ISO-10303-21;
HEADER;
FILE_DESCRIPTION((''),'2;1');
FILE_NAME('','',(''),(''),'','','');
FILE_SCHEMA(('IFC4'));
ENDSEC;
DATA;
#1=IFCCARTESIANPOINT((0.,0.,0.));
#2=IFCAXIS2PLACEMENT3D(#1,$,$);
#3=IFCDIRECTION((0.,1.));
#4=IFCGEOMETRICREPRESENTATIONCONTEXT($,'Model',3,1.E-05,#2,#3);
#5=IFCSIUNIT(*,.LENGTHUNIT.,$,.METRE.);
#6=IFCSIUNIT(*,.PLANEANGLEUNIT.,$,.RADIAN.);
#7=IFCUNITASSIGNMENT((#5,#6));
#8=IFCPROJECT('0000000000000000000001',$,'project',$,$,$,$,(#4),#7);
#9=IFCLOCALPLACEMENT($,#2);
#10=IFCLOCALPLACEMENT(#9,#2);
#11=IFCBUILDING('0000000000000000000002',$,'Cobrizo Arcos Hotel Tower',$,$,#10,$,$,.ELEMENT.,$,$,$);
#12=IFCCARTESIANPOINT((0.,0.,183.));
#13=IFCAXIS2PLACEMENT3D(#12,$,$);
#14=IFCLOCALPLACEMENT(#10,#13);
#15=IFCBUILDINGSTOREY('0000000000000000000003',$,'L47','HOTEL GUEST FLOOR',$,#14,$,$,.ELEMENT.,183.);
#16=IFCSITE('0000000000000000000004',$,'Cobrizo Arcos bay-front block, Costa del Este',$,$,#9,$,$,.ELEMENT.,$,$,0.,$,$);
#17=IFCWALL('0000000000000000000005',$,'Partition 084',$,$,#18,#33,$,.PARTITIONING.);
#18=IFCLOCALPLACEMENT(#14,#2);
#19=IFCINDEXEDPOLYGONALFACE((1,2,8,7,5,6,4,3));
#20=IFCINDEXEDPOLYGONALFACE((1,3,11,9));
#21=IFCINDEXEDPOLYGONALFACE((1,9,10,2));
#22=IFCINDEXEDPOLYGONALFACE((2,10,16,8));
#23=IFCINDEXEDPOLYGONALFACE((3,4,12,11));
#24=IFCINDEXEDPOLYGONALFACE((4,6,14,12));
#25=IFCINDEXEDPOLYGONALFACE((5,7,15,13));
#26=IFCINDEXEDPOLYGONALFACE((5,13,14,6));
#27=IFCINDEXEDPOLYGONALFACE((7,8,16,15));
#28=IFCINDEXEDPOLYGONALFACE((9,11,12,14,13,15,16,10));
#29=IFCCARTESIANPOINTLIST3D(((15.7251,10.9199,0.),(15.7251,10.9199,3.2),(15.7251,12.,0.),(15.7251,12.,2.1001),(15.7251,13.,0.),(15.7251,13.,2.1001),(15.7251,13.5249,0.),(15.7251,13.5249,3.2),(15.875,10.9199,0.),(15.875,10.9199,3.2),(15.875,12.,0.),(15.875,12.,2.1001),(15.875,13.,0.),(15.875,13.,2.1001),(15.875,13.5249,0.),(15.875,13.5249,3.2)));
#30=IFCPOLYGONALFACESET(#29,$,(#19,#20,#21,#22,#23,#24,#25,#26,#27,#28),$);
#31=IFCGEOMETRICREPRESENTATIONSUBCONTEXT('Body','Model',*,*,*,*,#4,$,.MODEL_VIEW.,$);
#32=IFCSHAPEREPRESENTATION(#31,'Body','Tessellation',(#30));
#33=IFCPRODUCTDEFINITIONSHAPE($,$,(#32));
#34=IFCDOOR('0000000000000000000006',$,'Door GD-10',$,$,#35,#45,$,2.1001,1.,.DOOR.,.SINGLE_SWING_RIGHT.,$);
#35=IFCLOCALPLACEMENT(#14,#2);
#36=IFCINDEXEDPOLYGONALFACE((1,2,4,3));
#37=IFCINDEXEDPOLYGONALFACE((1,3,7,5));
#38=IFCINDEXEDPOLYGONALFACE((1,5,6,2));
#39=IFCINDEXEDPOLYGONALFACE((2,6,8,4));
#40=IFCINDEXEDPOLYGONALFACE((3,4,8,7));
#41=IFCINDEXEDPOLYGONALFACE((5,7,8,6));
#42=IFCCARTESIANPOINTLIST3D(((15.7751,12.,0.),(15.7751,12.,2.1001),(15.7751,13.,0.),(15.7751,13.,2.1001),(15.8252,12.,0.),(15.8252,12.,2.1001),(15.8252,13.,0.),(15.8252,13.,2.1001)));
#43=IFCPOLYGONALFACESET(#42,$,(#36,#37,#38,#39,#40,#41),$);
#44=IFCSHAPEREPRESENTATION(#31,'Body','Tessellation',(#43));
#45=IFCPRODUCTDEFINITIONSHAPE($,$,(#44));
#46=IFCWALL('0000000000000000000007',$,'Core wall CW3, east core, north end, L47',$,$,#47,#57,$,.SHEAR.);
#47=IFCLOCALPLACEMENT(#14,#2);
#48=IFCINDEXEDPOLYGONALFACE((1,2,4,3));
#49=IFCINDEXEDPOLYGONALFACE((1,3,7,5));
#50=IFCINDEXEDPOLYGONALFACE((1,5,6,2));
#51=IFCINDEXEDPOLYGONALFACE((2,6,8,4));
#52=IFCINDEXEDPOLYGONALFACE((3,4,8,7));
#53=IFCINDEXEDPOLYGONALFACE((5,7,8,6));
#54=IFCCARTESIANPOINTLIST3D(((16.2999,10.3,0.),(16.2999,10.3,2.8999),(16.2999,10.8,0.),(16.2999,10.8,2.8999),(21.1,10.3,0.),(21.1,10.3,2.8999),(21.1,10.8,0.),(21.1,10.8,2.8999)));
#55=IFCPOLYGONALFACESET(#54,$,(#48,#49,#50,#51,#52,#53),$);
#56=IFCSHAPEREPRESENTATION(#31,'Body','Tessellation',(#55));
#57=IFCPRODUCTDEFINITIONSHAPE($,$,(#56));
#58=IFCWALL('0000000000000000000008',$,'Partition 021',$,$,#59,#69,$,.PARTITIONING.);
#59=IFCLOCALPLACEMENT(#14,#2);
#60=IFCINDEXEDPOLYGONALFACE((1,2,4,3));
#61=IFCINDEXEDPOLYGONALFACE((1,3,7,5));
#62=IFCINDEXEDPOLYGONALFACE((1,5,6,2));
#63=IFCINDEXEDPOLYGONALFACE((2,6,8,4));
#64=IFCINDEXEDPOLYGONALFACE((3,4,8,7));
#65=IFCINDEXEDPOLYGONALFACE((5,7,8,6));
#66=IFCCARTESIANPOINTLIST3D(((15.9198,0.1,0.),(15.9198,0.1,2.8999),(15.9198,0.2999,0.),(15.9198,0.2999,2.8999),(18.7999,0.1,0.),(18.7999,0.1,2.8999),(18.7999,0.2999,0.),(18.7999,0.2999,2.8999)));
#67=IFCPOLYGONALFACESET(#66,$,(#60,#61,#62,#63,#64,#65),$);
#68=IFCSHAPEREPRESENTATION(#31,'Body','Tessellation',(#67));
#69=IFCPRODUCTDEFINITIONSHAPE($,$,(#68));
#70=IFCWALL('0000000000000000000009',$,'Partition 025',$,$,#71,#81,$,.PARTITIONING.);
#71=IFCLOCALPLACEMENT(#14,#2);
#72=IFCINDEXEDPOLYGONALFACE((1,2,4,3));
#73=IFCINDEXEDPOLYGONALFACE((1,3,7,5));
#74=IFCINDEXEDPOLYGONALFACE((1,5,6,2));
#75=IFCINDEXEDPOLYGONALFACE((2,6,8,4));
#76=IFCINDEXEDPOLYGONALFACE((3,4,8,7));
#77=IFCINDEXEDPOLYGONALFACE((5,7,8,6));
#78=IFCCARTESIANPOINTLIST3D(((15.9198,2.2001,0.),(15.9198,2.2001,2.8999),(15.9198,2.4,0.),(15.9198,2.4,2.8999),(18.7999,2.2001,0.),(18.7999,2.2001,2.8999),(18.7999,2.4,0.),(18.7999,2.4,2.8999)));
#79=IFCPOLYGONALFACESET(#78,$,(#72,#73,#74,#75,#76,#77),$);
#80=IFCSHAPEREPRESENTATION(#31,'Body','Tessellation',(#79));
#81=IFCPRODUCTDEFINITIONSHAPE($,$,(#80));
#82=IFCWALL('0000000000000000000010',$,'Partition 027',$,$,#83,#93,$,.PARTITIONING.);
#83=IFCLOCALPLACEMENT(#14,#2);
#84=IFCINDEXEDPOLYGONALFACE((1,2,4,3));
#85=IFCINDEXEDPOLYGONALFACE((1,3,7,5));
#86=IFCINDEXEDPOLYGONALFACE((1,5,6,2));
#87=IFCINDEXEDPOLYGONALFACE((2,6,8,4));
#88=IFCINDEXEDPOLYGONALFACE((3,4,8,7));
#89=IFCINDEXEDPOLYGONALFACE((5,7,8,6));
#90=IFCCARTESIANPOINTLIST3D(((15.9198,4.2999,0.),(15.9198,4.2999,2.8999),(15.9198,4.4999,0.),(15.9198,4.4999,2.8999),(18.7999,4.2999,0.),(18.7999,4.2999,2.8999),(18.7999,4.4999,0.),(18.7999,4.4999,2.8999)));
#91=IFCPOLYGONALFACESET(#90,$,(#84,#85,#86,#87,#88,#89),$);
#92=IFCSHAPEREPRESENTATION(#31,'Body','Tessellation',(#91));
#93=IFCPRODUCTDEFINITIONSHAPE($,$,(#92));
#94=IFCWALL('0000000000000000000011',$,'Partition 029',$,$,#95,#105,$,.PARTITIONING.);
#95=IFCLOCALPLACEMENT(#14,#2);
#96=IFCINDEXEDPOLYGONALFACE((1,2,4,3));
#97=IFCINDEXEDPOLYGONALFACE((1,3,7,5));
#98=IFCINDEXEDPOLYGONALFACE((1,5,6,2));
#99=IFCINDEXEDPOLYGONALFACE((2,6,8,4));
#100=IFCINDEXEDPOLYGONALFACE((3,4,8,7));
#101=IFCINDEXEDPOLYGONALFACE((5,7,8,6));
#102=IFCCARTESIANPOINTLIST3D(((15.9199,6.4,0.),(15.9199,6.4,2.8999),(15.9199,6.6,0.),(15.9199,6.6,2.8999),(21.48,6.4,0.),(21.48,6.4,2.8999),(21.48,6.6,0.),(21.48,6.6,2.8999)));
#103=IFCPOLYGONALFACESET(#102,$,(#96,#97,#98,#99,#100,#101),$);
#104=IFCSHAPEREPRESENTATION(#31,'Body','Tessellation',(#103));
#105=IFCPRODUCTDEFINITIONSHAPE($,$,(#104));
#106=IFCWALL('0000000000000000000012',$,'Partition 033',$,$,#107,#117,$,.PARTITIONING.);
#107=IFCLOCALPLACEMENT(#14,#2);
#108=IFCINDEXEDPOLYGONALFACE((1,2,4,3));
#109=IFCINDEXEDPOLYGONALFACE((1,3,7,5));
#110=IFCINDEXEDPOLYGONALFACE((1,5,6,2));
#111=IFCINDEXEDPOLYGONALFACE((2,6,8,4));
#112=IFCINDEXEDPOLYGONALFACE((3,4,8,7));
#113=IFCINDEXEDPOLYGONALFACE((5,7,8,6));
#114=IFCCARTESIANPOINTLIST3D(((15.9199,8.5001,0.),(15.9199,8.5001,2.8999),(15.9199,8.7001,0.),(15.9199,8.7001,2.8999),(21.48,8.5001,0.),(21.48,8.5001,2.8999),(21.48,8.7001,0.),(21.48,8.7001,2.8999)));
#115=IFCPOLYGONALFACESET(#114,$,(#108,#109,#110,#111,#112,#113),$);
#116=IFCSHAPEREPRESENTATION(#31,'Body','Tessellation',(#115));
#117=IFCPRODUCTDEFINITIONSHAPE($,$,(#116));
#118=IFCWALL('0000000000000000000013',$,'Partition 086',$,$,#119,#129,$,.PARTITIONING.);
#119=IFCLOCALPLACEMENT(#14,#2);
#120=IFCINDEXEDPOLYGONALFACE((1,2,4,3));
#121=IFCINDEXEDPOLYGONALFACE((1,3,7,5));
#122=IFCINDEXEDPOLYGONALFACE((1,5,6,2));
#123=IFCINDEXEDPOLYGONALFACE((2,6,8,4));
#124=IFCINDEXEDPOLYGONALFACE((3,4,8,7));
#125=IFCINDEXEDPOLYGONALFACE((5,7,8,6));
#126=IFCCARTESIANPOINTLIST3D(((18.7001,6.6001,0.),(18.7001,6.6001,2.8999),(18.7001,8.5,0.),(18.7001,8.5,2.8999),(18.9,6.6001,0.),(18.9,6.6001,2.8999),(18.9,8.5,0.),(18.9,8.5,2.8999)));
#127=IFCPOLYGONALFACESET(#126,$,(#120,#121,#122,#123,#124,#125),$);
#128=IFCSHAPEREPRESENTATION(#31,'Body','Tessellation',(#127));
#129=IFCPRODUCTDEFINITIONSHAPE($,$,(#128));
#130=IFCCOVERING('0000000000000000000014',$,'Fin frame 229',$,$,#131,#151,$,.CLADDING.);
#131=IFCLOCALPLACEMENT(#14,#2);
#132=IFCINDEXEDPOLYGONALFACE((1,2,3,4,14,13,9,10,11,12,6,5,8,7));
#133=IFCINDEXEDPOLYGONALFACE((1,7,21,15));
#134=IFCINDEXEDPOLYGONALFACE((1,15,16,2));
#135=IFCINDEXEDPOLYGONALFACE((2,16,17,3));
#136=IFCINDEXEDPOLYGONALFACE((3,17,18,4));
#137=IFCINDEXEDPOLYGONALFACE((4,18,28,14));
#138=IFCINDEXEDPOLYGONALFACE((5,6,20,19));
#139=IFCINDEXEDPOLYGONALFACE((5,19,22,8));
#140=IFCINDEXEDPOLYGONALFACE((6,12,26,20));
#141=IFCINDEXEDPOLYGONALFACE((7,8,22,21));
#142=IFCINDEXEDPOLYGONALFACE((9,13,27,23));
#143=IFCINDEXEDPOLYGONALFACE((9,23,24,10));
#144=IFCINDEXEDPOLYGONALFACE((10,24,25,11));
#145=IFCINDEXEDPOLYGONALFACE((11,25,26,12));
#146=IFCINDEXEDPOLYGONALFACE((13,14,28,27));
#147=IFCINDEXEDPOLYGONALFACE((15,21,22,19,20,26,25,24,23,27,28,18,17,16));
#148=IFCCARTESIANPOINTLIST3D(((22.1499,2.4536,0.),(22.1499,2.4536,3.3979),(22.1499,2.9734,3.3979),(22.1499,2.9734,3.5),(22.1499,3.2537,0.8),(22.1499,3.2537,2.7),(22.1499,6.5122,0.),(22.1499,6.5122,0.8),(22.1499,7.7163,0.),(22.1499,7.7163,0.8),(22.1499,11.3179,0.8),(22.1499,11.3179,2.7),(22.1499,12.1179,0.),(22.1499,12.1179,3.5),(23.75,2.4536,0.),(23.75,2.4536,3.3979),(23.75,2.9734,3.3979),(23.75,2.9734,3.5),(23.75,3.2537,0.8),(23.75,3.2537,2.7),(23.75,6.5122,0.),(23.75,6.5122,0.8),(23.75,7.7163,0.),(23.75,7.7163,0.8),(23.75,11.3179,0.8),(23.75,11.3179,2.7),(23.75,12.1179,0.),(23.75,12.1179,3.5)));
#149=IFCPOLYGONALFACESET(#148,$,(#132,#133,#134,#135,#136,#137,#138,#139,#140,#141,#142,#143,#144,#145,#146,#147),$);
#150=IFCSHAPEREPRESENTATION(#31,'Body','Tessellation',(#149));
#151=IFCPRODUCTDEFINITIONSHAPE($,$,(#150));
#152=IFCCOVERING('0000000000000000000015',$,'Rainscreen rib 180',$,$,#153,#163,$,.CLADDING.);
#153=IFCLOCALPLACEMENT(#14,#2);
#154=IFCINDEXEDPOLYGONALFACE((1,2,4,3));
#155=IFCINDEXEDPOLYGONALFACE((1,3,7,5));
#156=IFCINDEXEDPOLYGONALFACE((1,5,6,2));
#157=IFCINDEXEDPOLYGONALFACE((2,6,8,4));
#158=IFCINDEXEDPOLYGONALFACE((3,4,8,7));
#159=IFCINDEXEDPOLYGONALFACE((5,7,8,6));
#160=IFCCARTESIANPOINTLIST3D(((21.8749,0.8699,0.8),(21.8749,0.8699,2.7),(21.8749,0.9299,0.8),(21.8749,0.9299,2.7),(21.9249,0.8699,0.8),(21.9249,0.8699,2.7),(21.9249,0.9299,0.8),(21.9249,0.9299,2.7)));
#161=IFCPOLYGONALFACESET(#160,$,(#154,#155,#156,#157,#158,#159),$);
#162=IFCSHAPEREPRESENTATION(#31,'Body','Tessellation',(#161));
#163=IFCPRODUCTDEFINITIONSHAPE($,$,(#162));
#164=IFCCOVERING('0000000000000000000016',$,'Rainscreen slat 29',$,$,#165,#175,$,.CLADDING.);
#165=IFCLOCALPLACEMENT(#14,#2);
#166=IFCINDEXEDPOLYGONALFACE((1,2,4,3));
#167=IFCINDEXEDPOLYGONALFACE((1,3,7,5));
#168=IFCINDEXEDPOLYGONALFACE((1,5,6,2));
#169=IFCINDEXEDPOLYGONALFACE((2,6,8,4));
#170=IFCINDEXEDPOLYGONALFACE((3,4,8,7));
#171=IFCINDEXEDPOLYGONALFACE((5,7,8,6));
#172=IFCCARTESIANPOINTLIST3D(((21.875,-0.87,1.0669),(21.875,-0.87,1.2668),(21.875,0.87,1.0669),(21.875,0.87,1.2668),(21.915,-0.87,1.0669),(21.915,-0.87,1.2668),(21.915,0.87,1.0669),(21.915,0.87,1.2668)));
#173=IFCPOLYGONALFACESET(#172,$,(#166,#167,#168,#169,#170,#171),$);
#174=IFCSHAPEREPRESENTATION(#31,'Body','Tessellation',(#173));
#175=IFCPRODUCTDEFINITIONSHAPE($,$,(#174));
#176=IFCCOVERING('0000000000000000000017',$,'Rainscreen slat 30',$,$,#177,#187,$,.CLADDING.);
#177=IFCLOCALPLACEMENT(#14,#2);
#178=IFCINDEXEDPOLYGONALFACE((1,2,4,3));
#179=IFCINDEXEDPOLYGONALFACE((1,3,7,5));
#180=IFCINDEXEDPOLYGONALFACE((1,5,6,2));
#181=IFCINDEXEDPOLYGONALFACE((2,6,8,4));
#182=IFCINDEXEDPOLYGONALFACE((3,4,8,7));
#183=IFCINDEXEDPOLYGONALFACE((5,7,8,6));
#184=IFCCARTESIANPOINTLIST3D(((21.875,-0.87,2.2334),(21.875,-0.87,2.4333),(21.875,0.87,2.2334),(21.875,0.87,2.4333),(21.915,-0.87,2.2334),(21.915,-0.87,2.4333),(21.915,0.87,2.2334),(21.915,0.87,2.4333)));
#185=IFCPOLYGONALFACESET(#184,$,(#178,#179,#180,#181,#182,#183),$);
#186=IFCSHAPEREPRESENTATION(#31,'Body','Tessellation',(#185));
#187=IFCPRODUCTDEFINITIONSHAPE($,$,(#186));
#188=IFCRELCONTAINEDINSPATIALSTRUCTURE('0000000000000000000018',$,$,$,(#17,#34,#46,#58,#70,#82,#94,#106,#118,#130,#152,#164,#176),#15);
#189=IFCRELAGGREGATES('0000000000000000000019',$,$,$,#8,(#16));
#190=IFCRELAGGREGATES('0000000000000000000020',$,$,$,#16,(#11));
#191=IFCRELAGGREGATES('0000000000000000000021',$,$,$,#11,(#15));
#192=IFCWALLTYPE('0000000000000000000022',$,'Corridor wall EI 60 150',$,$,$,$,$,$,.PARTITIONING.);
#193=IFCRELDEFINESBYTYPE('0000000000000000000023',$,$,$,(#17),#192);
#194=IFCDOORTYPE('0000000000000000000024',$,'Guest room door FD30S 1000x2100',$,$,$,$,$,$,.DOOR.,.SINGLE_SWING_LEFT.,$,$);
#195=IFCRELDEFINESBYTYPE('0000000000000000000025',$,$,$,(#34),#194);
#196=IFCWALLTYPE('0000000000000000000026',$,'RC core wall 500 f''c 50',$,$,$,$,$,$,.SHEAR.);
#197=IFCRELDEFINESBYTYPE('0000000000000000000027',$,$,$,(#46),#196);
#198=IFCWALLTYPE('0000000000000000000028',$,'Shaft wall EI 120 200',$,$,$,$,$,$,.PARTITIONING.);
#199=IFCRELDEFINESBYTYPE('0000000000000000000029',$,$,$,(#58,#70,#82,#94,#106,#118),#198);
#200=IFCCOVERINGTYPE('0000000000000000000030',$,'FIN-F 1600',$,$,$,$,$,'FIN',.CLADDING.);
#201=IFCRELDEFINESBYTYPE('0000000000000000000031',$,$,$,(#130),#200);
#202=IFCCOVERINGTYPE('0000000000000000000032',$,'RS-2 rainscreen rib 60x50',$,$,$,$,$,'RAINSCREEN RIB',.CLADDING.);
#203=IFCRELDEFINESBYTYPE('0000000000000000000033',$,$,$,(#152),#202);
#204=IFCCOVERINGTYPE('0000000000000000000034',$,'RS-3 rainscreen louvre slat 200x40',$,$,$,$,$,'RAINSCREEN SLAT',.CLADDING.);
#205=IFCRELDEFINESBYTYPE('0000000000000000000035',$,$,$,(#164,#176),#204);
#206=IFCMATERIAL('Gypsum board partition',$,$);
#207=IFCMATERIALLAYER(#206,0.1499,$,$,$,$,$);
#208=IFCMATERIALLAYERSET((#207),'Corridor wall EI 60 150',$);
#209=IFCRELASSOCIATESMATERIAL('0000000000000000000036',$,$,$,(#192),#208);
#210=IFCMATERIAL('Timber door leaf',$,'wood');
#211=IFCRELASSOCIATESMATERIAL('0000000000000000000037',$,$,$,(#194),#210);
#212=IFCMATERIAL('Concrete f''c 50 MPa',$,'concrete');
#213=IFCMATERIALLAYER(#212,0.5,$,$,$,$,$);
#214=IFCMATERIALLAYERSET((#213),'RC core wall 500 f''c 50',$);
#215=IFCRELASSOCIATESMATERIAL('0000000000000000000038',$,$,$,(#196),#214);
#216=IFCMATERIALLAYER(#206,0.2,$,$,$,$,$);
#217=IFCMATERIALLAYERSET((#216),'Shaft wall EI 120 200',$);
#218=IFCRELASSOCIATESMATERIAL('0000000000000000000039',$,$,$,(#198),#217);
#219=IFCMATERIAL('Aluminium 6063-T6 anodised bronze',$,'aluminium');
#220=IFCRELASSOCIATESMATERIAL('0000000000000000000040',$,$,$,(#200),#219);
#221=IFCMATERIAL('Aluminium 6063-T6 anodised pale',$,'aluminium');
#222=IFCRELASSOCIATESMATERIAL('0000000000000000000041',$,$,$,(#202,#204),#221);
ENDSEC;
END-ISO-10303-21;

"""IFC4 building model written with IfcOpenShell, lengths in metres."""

from ifc_helpers import new_model, si_unit, direction, frame, frame_2d, origin, origin_2d, place, context, subcontext, project, spatial, polyline, rectangle, outline, extrude, material, layer, layer_set, type_object, element, fill, save


model = new_model("IFC4")

# Units and contexts
model_context = context("Model", 3, precision=1e-05, world=origin(), true_north=direction((0.0, 1.0)))
body_context = subcontext(model_context, "Body", "Model", "MODEL_VIEW")
ifc_project = project(units=[si_unit("LENGTHUNIT", "METRE"), si_unit("PLANEANGLEUNIT", "RADIAN")], contexts=[model_context])

# Site, building, storey
site_placement = place(None, origin())
site = spatial("IfcSite", under=ifc_project, at=site_placement, Name="Cobrizo Arcos bay-front block, Costa del Este", CompositionType="ELEMENT", RefElevation=0.0)
building_placement = place(site_placement, origin())
building = spatial("IfcBuilding", under=site, at=building_placement, Name="Cobrizo Arcos Hotel Tower", CompositionType="ELEMENT")
storey_placement = place(building_placement, frame((0.0, 0.0, 183.0)))
storey = spatial("IfcBuildingStorey", under=building, at=storey_placement, Name="L47", Description="HOTEL GUEST FLOOR", CompositionType="ELEMENT", Elevation=183.0)

# Shared definitions
ifc_material_1 = material(Name="Aluminium 6063-T6 anodised bronze", Category="aluminium")

# Wall, opening, door
ifc_material_2 = material(Name="Gypsum board partition")
ifc_layer_1 = layer(ifc_material_2, 0.1499)
ifc_layer_set_1 = layer_set([ifc_layer_1], Name="Corridor wall EI 60 150")
wall_type_1 = type_object("IfcWallType", Name="Corridor wall EI 60 150", PredefinedType="PARTITIONING", material=ifc_layer_set_1)
wall_1_placement = place(storey_placement, frame((15.8, 10.9199, 0.0), z_axis=(0.0, 0.0, 1.0), x_axis=(0.0, 1.0, 0.0)))
wall_1 = element("IfcWall", 1, at=wall_1_placement, inside=storey, type_object=wall_type_1, Name="Partition 084", PredefinedType="PARTITIONING", context=body_context, shape_type="SweptSolid", body=[
    extrude(rectangle(XDim=2.605, YDim=0.1499, at=frame_2d((1.3025, 0.0))), origin(), (0.0, 0.0, 1.0), 3.2),
])
opening_placement = place(wall_1_placement, frame((1.0801, 0.0, 0.0)))
opening = element("IfcOpeningElement", 2, at=opening_placement, cuts=wall_1, PredefinedType="OPENING", context=body_context, shape_type="SweptSolid", body=[
    extrude(rectangle(XDim=1.0, YDim=2.1001, at=frame_2d((0.5, 1.05))), frame((0.0, 0.0869, 0.0), z_axis=(0.0, -1.0, 0.0), x_axis=(1.0, 0.0, 0.0)), (0.0, 0.0, 1.0), 0.1738),
])
ifc_material_3 = material(Name="Timber door leaf", Category="wood")
door_type = type_object("IfcDoorType", Name="Guest room door FD30S 1000x2100", OperationType="SINGLE_SWING_LEFT", PredefinedType="DOOR", material=ifc_material_3)
door_placement = place(opening_placement, origin())
door = element("IfcDoor", 3, at=door_placement, inside=storey, type_object=door_type, Name="Door GD-10", OperationType="SINGLE_SWING_RIGHT", OverallHeight=2.1001, OverallWidth=1.0, PredefinedType="DOOR", context=body_context, shape_type="SweptSolid", body=[
    extrude(rectangle(XDim=1.0, YDim=2.1001, at=frame_2d((0.5, 1.05))), frame((0.0, 0.0249, 0.0), z_axis=(0.0, -1.0, 0.0), x_axis=(1.0, 0.0, 0.0)), (0.0, 0.0, 1.0), 0.05),
])
fill(opening, door)

# Walls
ifc_material_4 = material(Name="Concrete f'c 50 MPa", Category="concrete")
ifc_layer_2 = layer(ifc_material_4, 0.5)
ifc_layer_set_2 = layer_set([ifc_layer_2], Name="RC core wall 500 f'c 50")
wall_type_2 = type_object("IfcWallType", Name="RC core wall 500 f'c 50", PredefinedType="SHEAR", material=ifc_layer_set_2)
wall_2_placement = place(storey_placement, frame((16.3, 10.55, 0.0), z_axis=(0.0, 0.0, 1.0), x_axis=(1.0, 0.0, 0.0)))
element("IfcWall", 4, at=wall_2_placement, inside=storey, type_object=wall_type_2, Name="Core wall CW3, east core, north end, L47", PredefinedType="SHEAR", context=body_context, shape_type="SweptSolid", body=[
    extrude(rectangle(XDim=4.8, YDim=0.5, at=frame_2d((2.3999, 0.0))), origin(), (0.0, 0.0, 1.0), 2.8999),
])
ifc_layer_3 = layer(ifc_material_2, 0.2)
ifc_layer_set_3 = layer_set([ifc_layer_3], Name="Shaft wall EI 120 200")
wall_type_3 = type_object("IfcWallType", Name="Shaft wall EI 120 200", PredefinedType="PARTITIONING", material=ifc_layer_set_3)
for number, where, z_axis, x_axis, name in (
    (5, (15.9199, 0.2, 0.0), (0.0, 0.0, 1.0), (1.0, 0.0, 0.0), "Partition 021"),
    (6, (15.9199, 2.3, 0.0), (0.0, 0.0, 1.0), (1.0, 0.0, 0.0), "Partition 025"),
    (7, (15.9199, 4.3999, 0.0), (0.0, 0.0, 1.0), (1.0, 0.0, 0.0), "Partition 027"),
):
    element("IfcWall", number, at=place(storey_placement, frame(where, z_axis=z_axis, x_axis=x_axis)), inside=storey, type_object=wall_type_3, Name=name, PredefinedType="PARTITIONING", context=body_context, shape_type="SweptSolid", body=[
        extrude(rectangle(XDim=2.8801, YDim=0.2, at=frame_2d((1.4399, 0.0))), origin(), (0.0, 0.0, 1.0), 2.8999),
    ])
for number, where, z_axis, x_axis, name in (
    (8, (15.9199, 6.5, 0.0), (0.0, 0.0, 1.0), (1.0, 0.0, 0.0), "Partition 029"),
    (9, (15.9199, 8.6001, 0.0), (0.0, 0.0, 1.0), (1.0, 0.0, 0.0), "Partition 033"),
):
    element("IfcWall", number, at=place(storey_placement, frame(where, z_axis=z_axis, x_axis=x_axis)), inside=storey, type_object=wall_type_3, Name=name, PredefinedType="PARTITIONING", context=body_context, shape_type="SweptSolid", body=[
        extrude(rectangle(XDim=5.5601, YDim=0.2, at=frame_2d((2.78, 0.0))), origin(), (0.0, 0.0, 1.0), 2.8999),
    ])
wall_3_placement = place(storey_placement, frame((18.8, 6.6001, 0.0), z_axis=(0.0, 0.0, 1.0), x_axis=(0.0, 1.0, 0.0)))
element("IfcWall", 10, at=wall_3_placement, inside=storey, type_object=wall_type_3, Name="Partition 086", PredefinedType="PARTITIONING", context=body_context, shape_type="SweptSolid", body=[
    extrude(rectangle(XDim=1.8999, YDim=0.2, at=frame_2d((0.95, 0.0))), origin(), (0.0, 0.0, 1.0), 2.8999),
])

# Coverings
covering_type_1 = type_object("IfcCoveringType", Name="FIN-F 1600", ElementType="FIN", PredefinedType="CLADDING", material=ifc_material_1)
covering_1_placement = place(storey_placement, frame((22.1499, 2.4536, 0.0), z_axis=(1.0, 0.0, 0.0), x_axis=(0.0, 1.0, 0.0)))
element("IfcCovering", 11, at=covering_1_placement, inside=storey, type_object=covering_type_1, Name="Fin frame 229", PredefinedType="CLADDING", context=body_context, shape_type="SweptSolid", body=[
    extrude(outline(polyline([(0.0, 0.0), (4.0586, 0.0), (4.0586, 0.8), (0.8, 0.8), (0.8, 2.7), (8.8643, 2.7), (8.8643, 0.8), (5.2627, 0.8), (5.2627, 0.0), (9.6643, 0.0), (9.6643, 3.5), (0.5198, 3.5), (0.5198, 3.3979), (0.0, 3.3979), (0.0, 0.0)])), origin(), (0.0, 0.0, 1.0), 1.6001),
])
ifc_material_5 = material(Name="Aluminium 6063-T6 anodised pale", Category="aluminium")
covering_type_2 = type_object("IfcCoveringType", Name="RS-2 rainscreen rib 60x50", ElementType="RAINSCREEN RIB", PredefinedType="CLADDING", material=ifc_material_5)
covering_2_placement = place(storey_placement, frame((21.8999, 0.8999, 0.8), z_axis=(0.0, 0.0, 1.0), x_axis=(0.0, 1.0, 0.0)))
element("IfcCovering", 12, at=covering_2_placement, inside=storey, type_object=covering_type_2, Name="Rainscreen rib 180", PredefinedType="CLADDING", context=body_context, shape_type="SweptSolid", body=[
    extrude(rectangle(XDim=0.0601, YDim=0.05, at=origin_2d()), origin(), (0.0, 0.0, 1.0), 1.8999),
])
covering_type_3 = type_object("IfcCoveringType", Name="RS-3 rainscreen louvre slat 200x40", ElementType="RAINSCREEN SLAT", PredefinedType="CLADDING", material=ifc_material_5)
for number, where, z_axis, x_axis, name in (
    (13, (21.895, 0.0, 1.0669), (0.0, 0.0, 1.0), (0.0, 1.0, 0.0), "Rainscreen slat 29"),
    (14, (21.895, 0.0, 2.2334), (0.0, 0.0, 1.0), (0.0, 1.0, 0.0), "Rainscreen slat 30"),
):
    element("IfcCovering", number, at=place(storey_placement, frame(where, z_axis=z_axis, x_axis=x_axis)), inside=storey, type_object=covering_type_3, Name=name, PredefinedType="CLADDING", context=body_context, shape_type="SweptSolid", body=[
        extrude(rectangle(XDim=1.74, YDim=0.04, at=origin_2d()), origin(), (0.0, 0.0, 1.0), 0.2),
    ])

save(model, "model.ifc")
